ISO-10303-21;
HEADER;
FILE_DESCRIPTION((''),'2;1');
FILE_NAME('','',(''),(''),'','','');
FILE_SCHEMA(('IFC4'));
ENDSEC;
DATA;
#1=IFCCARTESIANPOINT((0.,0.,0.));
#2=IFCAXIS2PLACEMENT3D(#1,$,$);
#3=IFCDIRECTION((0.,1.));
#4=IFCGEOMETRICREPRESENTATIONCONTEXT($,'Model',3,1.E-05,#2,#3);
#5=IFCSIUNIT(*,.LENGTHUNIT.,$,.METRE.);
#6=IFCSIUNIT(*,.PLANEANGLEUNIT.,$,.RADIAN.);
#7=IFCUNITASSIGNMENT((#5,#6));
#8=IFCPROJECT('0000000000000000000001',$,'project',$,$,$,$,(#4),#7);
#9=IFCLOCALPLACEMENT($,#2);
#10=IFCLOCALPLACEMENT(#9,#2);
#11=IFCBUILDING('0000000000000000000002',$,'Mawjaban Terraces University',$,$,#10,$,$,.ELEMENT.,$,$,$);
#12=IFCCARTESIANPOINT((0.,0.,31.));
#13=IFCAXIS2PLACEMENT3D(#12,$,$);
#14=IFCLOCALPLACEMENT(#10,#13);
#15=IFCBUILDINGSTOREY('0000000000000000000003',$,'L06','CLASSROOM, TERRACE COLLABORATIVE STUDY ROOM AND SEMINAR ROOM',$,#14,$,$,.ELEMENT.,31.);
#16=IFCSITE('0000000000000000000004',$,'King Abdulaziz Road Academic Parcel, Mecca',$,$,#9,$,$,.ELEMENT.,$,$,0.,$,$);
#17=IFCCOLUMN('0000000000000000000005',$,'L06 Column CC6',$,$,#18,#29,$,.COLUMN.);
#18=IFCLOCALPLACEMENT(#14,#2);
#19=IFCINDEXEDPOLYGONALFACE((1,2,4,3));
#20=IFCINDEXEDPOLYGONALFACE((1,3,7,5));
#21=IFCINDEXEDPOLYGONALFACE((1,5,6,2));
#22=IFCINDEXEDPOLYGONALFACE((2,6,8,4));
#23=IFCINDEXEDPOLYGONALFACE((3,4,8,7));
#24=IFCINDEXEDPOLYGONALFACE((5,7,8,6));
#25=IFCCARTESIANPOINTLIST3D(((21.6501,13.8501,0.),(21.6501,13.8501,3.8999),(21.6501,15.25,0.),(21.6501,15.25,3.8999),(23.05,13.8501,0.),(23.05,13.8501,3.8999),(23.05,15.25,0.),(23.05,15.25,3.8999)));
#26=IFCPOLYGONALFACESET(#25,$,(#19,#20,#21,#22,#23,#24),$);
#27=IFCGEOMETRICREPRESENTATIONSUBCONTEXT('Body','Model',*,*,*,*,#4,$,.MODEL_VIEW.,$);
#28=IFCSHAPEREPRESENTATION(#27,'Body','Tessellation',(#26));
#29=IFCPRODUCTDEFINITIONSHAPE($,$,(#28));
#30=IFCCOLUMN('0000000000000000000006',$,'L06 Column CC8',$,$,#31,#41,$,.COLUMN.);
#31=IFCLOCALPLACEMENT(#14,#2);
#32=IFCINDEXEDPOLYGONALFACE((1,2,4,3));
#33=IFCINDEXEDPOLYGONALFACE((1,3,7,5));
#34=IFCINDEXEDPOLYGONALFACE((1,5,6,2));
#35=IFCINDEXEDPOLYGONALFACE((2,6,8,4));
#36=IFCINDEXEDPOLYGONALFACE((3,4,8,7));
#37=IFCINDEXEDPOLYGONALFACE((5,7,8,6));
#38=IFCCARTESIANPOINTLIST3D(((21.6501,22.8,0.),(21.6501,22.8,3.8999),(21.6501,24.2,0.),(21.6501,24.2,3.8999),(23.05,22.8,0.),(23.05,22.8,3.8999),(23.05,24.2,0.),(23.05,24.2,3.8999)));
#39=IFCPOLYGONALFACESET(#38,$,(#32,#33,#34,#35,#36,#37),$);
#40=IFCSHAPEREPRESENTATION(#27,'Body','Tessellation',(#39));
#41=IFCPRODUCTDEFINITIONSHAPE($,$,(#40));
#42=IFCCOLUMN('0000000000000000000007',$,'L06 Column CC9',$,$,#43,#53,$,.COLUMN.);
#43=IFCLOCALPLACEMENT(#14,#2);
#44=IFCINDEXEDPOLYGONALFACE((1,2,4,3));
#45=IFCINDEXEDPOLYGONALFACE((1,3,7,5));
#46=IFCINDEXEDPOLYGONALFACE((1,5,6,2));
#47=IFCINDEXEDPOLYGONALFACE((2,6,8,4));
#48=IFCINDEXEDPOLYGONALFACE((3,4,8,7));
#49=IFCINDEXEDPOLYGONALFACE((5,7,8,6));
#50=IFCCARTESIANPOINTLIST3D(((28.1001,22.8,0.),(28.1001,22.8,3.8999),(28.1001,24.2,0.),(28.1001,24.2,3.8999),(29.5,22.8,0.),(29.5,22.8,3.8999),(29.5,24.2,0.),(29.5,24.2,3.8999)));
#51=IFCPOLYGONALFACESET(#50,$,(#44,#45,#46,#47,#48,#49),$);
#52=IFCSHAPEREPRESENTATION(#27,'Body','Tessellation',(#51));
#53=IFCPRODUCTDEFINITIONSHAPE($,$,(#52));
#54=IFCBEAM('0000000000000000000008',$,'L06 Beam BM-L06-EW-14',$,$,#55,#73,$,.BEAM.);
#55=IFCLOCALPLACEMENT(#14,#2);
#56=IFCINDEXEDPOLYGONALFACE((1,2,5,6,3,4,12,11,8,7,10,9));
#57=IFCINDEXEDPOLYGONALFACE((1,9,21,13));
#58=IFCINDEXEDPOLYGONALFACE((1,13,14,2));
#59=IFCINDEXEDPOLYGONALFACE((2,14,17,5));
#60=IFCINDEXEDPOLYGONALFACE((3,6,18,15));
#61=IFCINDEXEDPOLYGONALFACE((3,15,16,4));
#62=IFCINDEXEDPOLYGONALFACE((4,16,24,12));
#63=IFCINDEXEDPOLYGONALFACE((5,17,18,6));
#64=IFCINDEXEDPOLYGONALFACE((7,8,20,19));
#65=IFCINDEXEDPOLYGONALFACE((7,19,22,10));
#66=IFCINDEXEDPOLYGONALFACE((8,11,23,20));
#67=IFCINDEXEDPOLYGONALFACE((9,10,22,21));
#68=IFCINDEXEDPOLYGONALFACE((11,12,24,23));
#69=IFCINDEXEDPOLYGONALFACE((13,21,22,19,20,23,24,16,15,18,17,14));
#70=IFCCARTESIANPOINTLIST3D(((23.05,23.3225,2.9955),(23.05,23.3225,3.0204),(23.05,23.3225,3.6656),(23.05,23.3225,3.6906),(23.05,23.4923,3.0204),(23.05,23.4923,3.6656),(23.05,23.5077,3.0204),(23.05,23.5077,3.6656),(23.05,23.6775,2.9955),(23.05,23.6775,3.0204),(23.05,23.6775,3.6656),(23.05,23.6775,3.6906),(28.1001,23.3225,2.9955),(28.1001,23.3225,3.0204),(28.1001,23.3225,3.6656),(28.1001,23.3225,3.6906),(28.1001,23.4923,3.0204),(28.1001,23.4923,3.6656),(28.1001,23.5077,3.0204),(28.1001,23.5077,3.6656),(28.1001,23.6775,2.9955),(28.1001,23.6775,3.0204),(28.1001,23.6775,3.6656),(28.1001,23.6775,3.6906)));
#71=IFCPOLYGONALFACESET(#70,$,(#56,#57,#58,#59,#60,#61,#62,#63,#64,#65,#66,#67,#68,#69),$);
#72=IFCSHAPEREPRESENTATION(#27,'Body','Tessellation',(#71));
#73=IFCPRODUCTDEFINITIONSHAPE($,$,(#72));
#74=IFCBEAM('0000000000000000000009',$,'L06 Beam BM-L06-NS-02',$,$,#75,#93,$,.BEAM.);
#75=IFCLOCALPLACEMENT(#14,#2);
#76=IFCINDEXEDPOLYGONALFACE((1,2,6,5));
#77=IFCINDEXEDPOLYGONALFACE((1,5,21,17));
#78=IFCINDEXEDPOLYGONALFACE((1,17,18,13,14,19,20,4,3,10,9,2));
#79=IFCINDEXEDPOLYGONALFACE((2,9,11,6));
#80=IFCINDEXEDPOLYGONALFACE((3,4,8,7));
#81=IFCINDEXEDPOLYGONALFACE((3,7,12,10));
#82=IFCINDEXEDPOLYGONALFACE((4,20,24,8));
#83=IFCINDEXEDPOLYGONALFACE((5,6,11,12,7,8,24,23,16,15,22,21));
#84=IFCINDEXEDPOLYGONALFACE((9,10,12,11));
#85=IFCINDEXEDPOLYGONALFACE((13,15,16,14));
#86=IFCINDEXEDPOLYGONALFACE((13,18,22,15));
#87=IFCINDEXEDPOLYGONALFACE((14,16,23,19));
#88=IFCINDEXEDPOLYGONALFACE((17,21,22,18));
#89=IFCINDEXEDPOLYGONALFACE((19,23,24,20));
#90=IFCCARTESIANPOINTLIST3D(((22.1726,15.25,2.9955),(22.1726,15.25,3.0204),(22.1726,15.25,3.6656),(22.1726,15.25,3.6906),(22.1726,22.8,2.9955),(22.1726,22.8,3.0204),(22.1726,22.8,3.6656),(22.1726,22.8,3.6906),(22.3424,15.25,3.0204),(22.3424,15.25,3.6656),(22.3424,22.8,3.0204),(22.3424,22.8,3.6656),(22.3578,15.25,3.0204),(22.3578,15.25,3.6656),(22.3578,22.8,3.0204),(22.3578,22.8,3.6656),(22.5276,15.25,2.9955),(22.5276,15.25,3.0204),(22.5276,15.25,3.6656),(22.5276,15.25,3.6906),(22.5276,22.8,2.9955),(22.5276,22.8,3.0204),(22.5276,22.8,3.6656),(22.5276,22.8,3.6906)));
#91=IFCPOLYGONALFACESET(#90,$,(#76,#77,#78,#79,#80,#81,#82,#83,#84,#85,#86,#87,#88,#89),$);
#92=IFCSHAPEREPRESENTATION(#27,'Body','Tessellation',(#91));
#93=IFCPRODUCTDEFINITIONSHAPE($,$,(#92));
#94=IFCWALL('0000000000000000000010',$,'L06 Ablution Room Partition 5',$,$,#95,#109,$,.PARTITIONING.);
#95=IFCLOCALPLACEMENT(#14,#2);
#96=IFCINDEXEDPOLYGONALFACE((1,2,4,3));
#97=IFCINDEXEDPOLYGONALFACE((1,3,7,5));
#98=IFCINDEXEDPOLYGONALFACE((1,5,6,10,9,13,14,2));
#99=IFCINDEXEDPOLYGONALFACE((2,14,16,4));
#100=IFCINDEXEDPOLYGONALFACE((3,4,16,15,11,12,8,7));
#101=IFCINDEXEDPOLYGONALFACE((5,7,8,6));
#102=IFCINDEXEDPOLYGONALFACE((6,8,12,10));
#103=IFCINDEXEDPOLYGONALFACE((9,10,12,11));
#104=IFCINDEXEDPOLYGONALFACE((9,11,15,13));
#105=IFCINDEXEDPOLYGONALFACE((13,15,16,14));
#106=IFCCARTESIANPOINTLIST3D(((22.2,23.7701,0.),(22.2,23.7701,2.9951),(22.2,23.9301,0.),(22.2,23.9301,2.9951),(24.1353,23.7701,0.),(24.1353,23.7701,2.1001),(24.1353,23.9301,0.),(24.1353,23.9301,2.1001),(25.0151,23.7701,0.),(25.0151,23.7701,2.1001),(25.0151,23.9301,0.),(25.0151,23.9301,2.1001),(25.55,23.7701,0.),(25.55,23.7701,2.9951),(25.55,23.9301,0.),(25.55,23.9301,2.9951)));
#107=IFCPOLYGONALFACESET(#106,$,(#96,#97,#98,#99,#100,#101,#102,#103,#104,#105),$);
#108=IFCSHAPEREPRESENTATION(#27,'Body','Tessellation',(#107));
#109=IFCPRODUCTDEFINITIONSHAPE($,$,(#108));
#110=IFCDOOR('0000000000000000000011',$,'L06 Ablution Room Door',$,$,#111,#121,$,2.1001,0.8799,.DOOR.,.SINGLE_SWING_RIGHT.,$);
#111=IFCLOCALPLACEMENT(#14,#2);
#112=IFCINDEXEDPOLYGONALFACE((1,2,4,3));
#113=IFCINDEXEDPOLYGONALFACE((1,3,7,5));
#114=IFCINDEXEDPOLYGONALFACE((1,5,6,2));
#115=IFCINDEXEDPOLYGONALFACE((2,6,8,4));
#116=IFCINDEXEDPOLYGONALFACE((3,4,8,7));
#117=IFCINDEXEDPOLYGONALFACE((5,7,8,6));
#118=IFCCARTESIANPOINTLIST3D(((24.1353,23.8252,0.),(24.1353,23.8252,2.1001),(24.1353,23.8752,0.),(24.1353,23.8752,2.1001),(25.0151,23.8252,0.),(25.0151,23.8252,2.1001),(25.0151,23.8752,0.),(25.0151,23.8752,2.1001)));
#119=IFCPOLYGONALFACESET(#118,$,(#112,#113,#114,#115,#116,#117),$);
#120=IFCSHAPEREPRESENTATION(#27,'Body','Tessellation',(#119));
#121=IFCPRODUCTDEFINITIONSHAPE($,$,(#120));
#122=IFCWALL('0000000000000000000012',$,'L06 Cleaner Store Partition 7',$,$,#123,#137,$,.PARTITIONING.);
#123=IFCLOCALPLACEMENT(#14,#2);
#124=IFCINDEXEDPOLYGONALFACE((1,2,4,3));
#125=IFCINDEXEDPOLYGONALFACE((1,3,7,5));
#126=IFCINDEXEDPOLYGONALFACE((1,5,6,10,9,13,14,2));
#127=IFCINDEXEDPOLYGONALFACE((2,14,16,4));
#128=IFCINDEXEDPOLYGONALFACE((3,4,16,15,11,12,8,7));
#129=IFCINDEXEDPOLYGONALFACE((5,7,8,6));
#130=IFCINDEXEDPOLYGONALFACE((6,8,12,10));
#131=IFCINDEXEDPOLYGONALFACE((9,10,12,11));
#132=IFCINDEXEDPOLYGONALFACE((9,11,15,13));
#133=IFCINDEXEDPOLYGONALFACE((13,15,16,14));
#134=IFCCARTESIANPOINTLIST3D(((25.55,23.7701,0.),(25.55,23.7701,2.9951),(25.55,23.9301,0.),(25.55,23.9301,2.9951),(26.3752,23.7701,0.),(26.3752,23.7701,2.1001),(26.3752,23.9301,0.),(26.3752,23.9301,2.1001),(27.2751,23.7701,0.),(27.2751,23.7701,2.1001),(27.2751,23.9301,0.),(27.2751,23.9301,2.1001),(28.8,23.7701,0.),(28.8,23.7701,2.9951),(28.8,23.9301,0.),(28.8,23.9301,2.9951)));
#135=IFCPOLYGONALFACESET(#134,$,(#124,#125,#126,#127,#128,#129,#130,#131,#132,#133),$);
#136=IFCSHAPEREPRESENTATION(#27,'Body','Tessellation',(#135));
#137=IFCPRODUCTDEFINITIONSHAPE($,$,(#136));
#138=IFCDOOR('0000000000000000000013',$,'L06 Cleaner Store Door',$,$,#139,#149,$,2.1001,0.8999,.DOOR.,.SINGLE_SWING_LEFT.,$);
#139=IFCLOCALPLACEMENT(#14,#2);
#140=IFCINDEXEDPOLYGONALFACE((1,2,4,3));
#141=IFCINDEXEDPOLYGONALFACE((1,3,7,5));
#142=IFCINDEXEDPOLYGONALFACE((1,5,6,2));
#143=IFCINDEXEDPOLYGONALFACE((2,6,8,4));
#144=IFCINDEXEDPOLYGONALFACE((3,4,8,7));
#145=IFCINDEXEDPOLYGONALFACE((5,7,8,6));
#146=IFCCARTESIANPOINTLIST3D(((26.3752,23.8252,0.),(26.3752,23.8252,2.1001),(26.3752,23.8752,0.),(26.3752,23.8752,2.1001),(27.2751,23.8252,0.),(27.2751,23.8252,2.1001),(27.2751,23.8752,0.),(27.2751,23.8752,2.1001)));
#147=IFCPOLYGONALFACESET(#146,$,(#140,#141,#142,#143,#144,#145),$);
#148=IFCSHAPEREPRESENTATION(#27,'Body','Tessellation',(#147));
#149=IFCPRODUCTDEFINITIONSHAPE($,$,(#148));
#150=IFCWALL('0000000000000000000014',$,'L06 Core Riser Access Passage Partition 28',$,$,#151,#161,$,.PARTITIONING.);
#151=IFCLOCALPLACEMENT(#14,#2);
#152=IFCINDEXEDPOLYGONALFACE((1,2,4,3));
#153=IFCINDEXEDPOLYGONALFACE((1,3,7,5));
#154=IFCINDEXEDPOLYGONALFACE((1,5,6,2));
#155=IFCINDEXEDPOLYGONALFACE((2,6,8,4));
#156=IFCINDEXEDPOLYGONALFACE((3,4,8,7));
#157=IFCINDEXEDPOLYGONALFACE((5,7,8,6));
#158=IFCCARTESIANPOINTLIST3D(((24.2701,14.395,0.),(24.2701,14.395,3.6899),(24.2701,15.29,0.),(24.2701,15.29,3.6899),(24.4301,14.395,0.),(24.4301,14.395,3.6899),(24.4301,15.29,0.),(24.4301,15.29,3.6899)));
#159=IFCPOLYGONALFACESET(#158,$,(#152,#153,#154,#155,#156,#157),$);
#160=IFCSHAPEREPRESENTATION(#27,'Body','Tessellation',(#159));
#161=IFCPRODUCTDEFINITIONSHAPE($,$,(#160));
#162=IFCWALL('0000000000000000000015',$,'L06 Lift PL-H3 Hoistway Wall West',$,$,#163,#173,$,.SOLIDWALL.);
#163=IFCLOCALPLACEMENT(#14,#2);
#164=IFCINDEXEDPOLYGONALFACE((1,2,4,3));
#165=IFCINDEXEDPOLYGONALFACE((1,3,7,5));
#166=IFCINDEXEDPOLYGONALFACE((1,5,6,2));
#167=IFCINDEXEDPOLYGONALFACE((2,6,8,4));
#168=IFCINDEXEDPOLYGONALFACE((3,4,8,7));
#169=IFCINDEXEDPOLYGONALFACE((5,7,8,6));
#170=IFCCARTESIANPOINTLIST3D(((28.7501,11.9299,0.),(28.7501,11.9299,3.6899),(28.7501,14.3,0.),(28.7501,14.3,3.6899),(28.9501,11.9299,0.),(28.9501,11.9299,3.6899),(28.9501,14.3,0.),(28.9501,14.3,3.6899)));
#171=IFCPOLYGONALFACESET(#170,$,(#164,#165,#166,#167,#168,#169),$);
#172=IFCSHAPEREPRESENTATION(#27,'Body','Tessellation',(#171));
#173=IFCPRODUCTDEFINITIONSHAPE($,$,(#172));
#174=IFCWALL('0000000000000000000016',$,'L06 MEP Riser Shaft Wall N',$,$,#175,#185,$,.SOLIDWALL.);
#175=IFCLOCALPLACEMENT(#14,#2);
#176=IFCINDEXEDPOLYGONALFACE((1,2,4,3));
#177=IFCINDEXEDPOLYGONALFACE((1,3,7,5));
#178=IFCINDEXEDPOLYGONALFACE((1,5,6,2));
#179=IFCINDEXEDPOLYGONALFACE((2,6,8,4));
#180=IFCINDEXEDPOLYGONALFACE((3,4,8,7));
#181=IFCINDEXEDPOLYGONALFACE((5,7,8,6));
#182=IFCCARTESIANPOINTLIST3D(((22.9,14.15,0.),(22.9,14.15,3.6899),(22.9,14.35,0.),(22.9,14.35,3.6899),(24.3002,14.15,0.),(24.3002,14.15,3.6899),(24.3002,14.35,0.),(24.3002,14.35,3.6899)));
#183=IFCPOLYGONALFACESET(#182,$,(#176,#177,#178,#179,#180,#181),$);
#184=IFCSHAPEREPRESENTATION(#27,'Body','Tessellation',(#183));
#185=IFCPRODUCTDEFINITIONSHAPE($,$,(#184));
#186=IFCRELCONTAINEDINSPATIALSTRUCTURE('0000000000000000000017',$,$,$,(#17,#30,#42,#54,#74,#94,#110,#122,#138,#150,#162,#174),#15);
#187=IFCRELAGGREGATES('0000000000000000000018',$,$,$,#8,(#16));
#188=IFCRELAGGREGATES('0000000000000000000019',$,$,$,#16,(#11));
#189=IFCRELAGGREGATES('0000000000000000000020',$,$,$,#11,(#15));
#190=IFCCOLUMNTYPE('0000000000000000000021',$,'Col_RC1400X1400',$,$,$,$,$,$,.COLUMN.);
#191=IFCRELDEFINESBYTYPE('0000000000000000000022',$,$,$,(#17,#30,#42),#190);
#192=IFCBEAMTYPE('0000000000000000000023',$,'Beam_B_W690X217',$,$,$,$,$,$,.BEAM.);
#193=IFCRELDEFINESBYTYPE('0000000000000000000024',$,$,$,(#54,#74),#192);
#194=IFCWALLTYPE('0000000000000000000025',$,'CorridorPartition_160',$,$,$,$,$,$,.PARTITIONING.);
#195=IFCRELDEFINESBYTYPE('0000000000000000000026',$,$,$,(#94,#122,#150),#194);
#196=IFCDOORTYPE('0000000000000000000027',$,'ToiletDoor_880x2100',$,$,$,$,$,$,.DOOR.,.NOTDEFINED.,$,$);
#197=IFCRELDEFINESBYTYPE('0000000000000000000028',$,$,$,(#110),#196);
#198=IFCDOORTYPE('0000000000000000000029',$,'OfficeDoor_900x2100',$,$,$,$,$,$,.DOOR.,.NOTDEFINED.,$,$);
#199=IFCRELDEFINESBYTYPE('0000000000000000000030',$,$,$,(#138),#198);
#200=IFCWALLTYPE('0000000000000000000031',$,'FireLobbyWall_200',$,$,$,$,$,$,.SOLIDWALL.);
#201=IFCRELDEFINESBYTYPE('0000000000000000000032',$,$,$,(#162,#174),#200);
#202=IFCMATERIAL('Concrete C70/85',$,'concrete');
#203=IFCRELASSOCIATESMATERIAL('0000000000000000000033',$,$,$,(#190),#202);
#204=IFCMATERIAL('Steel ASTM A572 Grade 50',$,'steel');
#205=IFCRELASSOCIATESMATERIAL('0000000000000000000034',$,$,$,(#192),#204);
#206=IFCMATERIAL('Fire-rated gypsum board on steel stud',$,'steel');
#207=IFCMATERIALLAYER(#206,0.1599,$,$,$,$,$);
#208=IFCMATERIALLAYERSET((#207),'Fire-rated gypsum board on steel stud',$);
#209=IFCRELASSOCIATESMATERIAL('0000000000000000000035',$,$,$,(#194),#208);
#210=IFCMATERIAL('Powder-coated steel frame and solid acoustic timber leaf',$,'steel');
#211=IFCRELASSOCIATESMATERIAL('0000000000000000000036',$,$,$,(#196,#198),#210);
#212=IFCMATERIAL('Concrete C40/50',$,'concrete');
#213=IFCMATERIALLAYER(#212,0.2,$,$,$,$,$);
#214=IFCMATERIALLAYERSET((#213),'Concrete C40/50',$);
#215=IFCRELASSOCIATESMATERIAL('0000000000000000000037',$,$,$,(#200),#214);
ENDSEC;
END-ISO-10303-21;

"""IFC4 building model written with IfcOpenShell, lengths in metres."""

from ifc_helpers import new_model, si_unit, direction, frame, frame_2d, origin, origin_2d, place, context, subcontext, project, spatial, rectangle, i_section, extrude, material, layer, layer_set, material_profile, profile_set, type_object, element, fill, save


model = new_model("IFC4")

# Units and contexts
model_context = context("Model", 3, precision=1e-05, world=origin(), true_north=direction((0.0, 1.0)))
body_context = subcontext(model_context, "Body", "Model", "MODEL_VIEW")
ifc_project = project(units=[si_unit("LENGTHUNIT", "METRE"), si_unit("PLANEANGLEUNIT", "RADIAN")], contexts=[model_context])

# Site, building, storey
site_placement = place(None, origin())
site = spatial("IfcSite", under=ifc_project, at=site_placement, Name="King Abdulaziz Road Academic Parcel, Mecca", CompositionType="ELEMENT", RefElevation=0.0)
building_placement = place(site_placement, origin())
building = spatial("IfcBuilding", under=site, at=building_placement, Name="Mawjaban Terraces University", CompositionType="ELEMENT")
storey_placement = place(building_placement, frame((0.0, 0.0, 31.0)))
storey = spatial("IfcBuildingStorey", under=building, at=storey_placement, Name="L06", Description="CLASSROOM, TERRACE COLLABORATIVE STUDY ROOM AND SEMINAR ROOM", CompositionType="ELEMENT", Elevation=31.0)

# Columns
ifc_material_1 = material(Name="Concrete C70/85", Category="concrete")
ifc_material_profile_1 = material_profile(ifc_material_1, rectangle(XDim=1.3999, YDim=1.3999, at=origin_2d()), Name="RC1400X1400")
ifc_profile_set_1 = profile_set([ifc_material_profile_1], Name="Concrete C70/85")
column_type = type_object("IfcColumnType", Name="Col_RC1400X1400", PredefinedType="COLUMN", material=ifc_profile_set_1)
for number, where, z_axis, x_axis, name in (
    (1, (22.3501, 14.55, 0.0), (0.0, 0.0, 1.0), (1.0, 0.0, 0.0), "L06 Column CC6"),
    (2, (22.3501, 23.5, 0.0), (0.0, 0.0, 1.0), (1.0, 0.0, 0.0), "L06 Column CC8"),
    (3, (28.8, 23.5, 0.0), (0.0, 0.0, 1.0), (1.0, 0.0, 0.0), "L06 Column CC9"),
):
    element("IfcColumn", number, at=place(storey_placement, frame(where, z_axis=z_axis, x_axis=x_axis)), inside=storey, type_object=column_type, Name=name, PredefinedType="COLUMN", context=body_context, shape_type="SweptSolid", body=[
        extrude(rectangle(XDim=1.3999, YDim=1.3999, at=origin_2d()), origin(), (0.0, 0.0, 1.0), 3.8999),
    ])

# Beams
ifc_material_2 = material(Name="Steel ASTM A572 Grade 50", Category="steel")
ifc_material_profile_2 = material_profile(ifc_material_2, i_section(OverallWidth=0.355, OverallDepth=0.6951, WebThickness=0.0154, FlangeThickness=0.0249, at=origin_2d()), Name="W690X217")
ifc_profile_set_2 = profile_set([ifc_material_profile_2], Name="Steel ASTM A572 Grade 50")
beam_type = type_object("IfcBeamType", Name="Beam_B_W690X217", PredefinedType="BEAM", material=ifc_profile_set_2)
beam_1_placement = place(storey_placement, frame((23.05, 23.5, 3.343), z_axis=(1.0, 0.0, 0.0), x_axis=(0.0, 1.0, 0.0)))
element("IfcBeam", 4, at=beam_1_placement, inside=storey, type_object=beam_type, Name="L06 Beam BM-L06-EW-14", PredefinedType="BEAM", context=body_context, shape_type="SweptSolid", body=[
    extrude(i_section(OverallWidth=0.355, OverallDepth=0.6951, WebThickness=0.0154, FlangeThickness=0.0249, at=origin_2d()), origin(), (0.0, 0.0, 1.0), 5.05),
])
beam_2_placement = place(storey_placement, frame((22.3501, 15.25, 3.343), z_axis=(0.0, 1.0, 0.0), x_axis=(-1.0, 0.0, 0.0)))
element("IfcBeam", 5, at=beam_2_placement, inside=storey, type_object=beam_type, Name="L06 Beam BM-L06-NS-02", PredefinedType="BEAM", context=body_context, shape_type="SweptSolid", body=[
    extrude(i_section(OverallWidth=0.355, OverallDepth=0.6951, WebThickness=0.0154, FlangeThickness=0.0249, at=origin_2d()), origin(), (0.0, 0.0, 1.0), 7.55),
])

# Walls, openings, doors
ifc_material_3 = material(Name="Fire-rated gypsum board on steel stud", Category="steel")
ifc_layer_1 = layer(ifc_material_3, 0.1599)
ifc_layer_set_1 = layer_set([ifc_layer_1], Name="Fire-rated gypsum board on steel stud")
wall_type_1 = type_object("IfcWallType", Name="CorridorPartition_160", PredefinedType="PARTITIONING", material=ifc_layer_set_1)
wall_1_placement = place(storey_placement, frame((25.55, 23.8501, 0.0), z_axis=(0.0, 0.0, 1.0), x_axis=(-1.0, 0.0, 0.0)))
wall_1 = element("IfcWall", 6, at=wall_1_placement, inside=storey, type_object=wall_type_1, Name="L06 Ablution Room Partition 5", PredefinedType="PARTITIONING", context=body_context, shape_type="SweptSolid", body=[
    extrude(rectangle(XDim=3.3501, YDim=0.1599, at=frame_2d((1.675, 0.0))), origin(), (0.0, 0.0, 1.0), 2.9951),
])
opening_1_placement = place(wall_1_placement, frame((0.5349, 0.0, 0.0)))
opening_1 = element("IfcOpeningElement", 7, at=opening_1_placement, cuts=wall_1, PredefinedType="OPENING", context=body_context, shape_type="SweptSolid", body=[
    extrude(rectangle(XDim=0.8799, YDim=2.1001, at=frame_2d((0.4399, 1.05))), frame((0.0, 0.0898, 0.0), z_axis=(0.0, -1.0, 0.0), x_axis=(1.0, 0.0, 0.0)), (0.0, 0.0, 1.0), 0.1799),
])
ifc_material_4 = material(Name="Powder-coated steel frame and solid acoustic timber leaf", Category="steel")
door_type_1 = type_object("IfcDoorType", Name="ToiletDoor_880x2100", OperationType="NOTDEFINED", PredefinedType="DOOR", material=ifc_material_4)
door_1_placement = place(opening_1_placement, origin())
door_1 = element("IfcDoor", 8, at=door_1_placement, inside=storey, type_object=door_type_1, Name="L06 Ablution Room Door", OperationType="SINGLE_SWING_RIGHT", OverallHeight=2.1001, OverallWidth=0.8799, PredefinedType="DOOR", context=body_context, shape_type="SweptSolid", body=[
    extrude(rectangle(XDim=0.8799, YDim=2.1001, at=frame_2d((0.4399, 1.05))), frame((0.0, 0.0249, 0.0), z_axis=(0.0, -1.0, 0.0), x_axis=(1.0, 0.0, 0.0)), (0.0, 0.0, 1.0), 0.05),
])
fill(opening_1, door_1)
wall_2_placement = place(storey_placement, frame((28.8, 23.8501, 0.0), z_axis=(0.0, 0.0, 1.0), x_axis=(-1.0, 0.0, 0.0)))
wall_2 = element("IfcWall", 9, at=wall_2_placement, inside=storey, type_object=wall_type_1, Name="L06 Cleaner Store Partition 7", PredefinedType="PARTITIONING", context=body_context, shape_type="SweptSolid", body=[
    extrude(rectangle(XDim=3.25, YDim=0.1599, at=frame_2d((1.625, 0.0))), origin(), (0.0, 0.0, 1.0), 2.9951),
])
opening_2_placement = place(wall_2_placement, frame((1.5249, 0.0, 0.0)))
opening_2 = element("IfcOpeningElement", 10, at=opening_2_placement, cuts=wall_2, PredefinedType="OPENING", context=body_context, shape_type="SweptSolid", body=[
    extrude(rectangle(XDim=0.8999, YDim=2.1001, at=frame_2d((0.45, 1.05))), frame((0.0, 0.0898, 0.0), z_axis=(0.0, -1.0, 0.0), x_axis=(1.0, 0.0, 0.0)), (0.0, 0.0, 1.0), 0.1799),
])
door_type_2 = type_object("IfcDoorType", Name="OfficeDoor_900x2100", OperationType="NOTDEFINED", PredefinedType="DOOR", material=ifc_material_4)
door_2_placement = place(opening_2_placement, origin())
door_2 = element("IfcDoor", 11, at=door_2_placement, inside=storey, type_object=door_type_2, Name="L06 Cleaner Store Door", OperationType="SINGLE_SWING_LEFT", OverallHeight=2.1001, OverallWidth=0.8999, PredefinedType="DOOR", context=body_context, shape_type="SweptSolid", body=[
    extrude(rectangle(XDim=0.8999, YDim=2.1001, at=frame_2d((0.45, 1.05))), frame((0.0, 0.0249, 0.0), z_axis=(0.0, -1.0, 0.0), x_axis=(1.0, 0.0, 0.0)), (0.0, 0.0, 1.0), 0.05),
])
fill(opening_2, door_2)

# Walls
wall_3_placement = place(storey_placement, frame((24.3501, 15.29, 0.0), z_axis=(0.0, 0.0, 1.0), x_axis=(0.0, -1.0, 0.0)))
element("IfcWall", 12, at=wall_3_placement, inside=storey, type_object=wall_type_1, Name="L06 Core Riser Access Passage Partition 28", PredefinedType="PARTITIONING", context=body_context, shape_type="SweptSolid", body=[
    extrude(rectangle(XDim=0.895, YDim=0.1599, at=frame_2d((0.4475, 0.0))), origin(), (0.0, 0.0, 1.0), 3.6899),
])
ifc_material_5 = material(Name="Concrete C40/50", Category="concrete")
ifc_layer_2 = layer(ifc_material_5, 0.2)
ifc_layer_set_2 = layer_set([ifc_layer_2], Name="Concrete C40/50")
wall_type_2 = type_object("IfcWallType", Name="FireLobbyWall_200", PredefinedType="SOLIDWALL", material=ifc_layer_set_2)
wall_4_placement = place(storey_placement, frame((28.8501, 14.3, 0.0), z_axis=(0.0, 0.0, 1.0), x_axis=(0.0, -1.0, 0.0)))
element("IfcWall", 13, at=wall_4_placement, inside=storey, type_object=wall_type_2, Name="L06 Lift PL-H3 Hoistway Wall West", PredefinedType="SOLIDWALL", context=body_context, shape_type="SweptSolid", body=[
    extrude(rectangle(XDim=2.3701, YDim=0.2, at=frame_2d((1.1851, 0.0))), origin(), (0.0, 0.0, 1.0), 3.6899),
])
wall_5_placement = place(storey_placement, frame((22.8999, 14.25, 0.0), z_axis=(0.0, 0.0, 1.0), x_axis=(1.0, 0.0, 0.0)))
element("IfcWall", 14, at=wall_5_placement, inside=storey, type_object=wall_type_2, Name="L06 MEP Riser Shaft Wall N", PredefinedType="SOLIDWALL", context=body_context, shape_type="SweptSolid", body=[
    extrude(rectangle(XDim=1.4001, YDim=0.2, at=frame_2d((0.7002, 0.0))), origin(), (0.0, 0.0, 1.0), 3.6899),
])

save(model, "model.ifc")
